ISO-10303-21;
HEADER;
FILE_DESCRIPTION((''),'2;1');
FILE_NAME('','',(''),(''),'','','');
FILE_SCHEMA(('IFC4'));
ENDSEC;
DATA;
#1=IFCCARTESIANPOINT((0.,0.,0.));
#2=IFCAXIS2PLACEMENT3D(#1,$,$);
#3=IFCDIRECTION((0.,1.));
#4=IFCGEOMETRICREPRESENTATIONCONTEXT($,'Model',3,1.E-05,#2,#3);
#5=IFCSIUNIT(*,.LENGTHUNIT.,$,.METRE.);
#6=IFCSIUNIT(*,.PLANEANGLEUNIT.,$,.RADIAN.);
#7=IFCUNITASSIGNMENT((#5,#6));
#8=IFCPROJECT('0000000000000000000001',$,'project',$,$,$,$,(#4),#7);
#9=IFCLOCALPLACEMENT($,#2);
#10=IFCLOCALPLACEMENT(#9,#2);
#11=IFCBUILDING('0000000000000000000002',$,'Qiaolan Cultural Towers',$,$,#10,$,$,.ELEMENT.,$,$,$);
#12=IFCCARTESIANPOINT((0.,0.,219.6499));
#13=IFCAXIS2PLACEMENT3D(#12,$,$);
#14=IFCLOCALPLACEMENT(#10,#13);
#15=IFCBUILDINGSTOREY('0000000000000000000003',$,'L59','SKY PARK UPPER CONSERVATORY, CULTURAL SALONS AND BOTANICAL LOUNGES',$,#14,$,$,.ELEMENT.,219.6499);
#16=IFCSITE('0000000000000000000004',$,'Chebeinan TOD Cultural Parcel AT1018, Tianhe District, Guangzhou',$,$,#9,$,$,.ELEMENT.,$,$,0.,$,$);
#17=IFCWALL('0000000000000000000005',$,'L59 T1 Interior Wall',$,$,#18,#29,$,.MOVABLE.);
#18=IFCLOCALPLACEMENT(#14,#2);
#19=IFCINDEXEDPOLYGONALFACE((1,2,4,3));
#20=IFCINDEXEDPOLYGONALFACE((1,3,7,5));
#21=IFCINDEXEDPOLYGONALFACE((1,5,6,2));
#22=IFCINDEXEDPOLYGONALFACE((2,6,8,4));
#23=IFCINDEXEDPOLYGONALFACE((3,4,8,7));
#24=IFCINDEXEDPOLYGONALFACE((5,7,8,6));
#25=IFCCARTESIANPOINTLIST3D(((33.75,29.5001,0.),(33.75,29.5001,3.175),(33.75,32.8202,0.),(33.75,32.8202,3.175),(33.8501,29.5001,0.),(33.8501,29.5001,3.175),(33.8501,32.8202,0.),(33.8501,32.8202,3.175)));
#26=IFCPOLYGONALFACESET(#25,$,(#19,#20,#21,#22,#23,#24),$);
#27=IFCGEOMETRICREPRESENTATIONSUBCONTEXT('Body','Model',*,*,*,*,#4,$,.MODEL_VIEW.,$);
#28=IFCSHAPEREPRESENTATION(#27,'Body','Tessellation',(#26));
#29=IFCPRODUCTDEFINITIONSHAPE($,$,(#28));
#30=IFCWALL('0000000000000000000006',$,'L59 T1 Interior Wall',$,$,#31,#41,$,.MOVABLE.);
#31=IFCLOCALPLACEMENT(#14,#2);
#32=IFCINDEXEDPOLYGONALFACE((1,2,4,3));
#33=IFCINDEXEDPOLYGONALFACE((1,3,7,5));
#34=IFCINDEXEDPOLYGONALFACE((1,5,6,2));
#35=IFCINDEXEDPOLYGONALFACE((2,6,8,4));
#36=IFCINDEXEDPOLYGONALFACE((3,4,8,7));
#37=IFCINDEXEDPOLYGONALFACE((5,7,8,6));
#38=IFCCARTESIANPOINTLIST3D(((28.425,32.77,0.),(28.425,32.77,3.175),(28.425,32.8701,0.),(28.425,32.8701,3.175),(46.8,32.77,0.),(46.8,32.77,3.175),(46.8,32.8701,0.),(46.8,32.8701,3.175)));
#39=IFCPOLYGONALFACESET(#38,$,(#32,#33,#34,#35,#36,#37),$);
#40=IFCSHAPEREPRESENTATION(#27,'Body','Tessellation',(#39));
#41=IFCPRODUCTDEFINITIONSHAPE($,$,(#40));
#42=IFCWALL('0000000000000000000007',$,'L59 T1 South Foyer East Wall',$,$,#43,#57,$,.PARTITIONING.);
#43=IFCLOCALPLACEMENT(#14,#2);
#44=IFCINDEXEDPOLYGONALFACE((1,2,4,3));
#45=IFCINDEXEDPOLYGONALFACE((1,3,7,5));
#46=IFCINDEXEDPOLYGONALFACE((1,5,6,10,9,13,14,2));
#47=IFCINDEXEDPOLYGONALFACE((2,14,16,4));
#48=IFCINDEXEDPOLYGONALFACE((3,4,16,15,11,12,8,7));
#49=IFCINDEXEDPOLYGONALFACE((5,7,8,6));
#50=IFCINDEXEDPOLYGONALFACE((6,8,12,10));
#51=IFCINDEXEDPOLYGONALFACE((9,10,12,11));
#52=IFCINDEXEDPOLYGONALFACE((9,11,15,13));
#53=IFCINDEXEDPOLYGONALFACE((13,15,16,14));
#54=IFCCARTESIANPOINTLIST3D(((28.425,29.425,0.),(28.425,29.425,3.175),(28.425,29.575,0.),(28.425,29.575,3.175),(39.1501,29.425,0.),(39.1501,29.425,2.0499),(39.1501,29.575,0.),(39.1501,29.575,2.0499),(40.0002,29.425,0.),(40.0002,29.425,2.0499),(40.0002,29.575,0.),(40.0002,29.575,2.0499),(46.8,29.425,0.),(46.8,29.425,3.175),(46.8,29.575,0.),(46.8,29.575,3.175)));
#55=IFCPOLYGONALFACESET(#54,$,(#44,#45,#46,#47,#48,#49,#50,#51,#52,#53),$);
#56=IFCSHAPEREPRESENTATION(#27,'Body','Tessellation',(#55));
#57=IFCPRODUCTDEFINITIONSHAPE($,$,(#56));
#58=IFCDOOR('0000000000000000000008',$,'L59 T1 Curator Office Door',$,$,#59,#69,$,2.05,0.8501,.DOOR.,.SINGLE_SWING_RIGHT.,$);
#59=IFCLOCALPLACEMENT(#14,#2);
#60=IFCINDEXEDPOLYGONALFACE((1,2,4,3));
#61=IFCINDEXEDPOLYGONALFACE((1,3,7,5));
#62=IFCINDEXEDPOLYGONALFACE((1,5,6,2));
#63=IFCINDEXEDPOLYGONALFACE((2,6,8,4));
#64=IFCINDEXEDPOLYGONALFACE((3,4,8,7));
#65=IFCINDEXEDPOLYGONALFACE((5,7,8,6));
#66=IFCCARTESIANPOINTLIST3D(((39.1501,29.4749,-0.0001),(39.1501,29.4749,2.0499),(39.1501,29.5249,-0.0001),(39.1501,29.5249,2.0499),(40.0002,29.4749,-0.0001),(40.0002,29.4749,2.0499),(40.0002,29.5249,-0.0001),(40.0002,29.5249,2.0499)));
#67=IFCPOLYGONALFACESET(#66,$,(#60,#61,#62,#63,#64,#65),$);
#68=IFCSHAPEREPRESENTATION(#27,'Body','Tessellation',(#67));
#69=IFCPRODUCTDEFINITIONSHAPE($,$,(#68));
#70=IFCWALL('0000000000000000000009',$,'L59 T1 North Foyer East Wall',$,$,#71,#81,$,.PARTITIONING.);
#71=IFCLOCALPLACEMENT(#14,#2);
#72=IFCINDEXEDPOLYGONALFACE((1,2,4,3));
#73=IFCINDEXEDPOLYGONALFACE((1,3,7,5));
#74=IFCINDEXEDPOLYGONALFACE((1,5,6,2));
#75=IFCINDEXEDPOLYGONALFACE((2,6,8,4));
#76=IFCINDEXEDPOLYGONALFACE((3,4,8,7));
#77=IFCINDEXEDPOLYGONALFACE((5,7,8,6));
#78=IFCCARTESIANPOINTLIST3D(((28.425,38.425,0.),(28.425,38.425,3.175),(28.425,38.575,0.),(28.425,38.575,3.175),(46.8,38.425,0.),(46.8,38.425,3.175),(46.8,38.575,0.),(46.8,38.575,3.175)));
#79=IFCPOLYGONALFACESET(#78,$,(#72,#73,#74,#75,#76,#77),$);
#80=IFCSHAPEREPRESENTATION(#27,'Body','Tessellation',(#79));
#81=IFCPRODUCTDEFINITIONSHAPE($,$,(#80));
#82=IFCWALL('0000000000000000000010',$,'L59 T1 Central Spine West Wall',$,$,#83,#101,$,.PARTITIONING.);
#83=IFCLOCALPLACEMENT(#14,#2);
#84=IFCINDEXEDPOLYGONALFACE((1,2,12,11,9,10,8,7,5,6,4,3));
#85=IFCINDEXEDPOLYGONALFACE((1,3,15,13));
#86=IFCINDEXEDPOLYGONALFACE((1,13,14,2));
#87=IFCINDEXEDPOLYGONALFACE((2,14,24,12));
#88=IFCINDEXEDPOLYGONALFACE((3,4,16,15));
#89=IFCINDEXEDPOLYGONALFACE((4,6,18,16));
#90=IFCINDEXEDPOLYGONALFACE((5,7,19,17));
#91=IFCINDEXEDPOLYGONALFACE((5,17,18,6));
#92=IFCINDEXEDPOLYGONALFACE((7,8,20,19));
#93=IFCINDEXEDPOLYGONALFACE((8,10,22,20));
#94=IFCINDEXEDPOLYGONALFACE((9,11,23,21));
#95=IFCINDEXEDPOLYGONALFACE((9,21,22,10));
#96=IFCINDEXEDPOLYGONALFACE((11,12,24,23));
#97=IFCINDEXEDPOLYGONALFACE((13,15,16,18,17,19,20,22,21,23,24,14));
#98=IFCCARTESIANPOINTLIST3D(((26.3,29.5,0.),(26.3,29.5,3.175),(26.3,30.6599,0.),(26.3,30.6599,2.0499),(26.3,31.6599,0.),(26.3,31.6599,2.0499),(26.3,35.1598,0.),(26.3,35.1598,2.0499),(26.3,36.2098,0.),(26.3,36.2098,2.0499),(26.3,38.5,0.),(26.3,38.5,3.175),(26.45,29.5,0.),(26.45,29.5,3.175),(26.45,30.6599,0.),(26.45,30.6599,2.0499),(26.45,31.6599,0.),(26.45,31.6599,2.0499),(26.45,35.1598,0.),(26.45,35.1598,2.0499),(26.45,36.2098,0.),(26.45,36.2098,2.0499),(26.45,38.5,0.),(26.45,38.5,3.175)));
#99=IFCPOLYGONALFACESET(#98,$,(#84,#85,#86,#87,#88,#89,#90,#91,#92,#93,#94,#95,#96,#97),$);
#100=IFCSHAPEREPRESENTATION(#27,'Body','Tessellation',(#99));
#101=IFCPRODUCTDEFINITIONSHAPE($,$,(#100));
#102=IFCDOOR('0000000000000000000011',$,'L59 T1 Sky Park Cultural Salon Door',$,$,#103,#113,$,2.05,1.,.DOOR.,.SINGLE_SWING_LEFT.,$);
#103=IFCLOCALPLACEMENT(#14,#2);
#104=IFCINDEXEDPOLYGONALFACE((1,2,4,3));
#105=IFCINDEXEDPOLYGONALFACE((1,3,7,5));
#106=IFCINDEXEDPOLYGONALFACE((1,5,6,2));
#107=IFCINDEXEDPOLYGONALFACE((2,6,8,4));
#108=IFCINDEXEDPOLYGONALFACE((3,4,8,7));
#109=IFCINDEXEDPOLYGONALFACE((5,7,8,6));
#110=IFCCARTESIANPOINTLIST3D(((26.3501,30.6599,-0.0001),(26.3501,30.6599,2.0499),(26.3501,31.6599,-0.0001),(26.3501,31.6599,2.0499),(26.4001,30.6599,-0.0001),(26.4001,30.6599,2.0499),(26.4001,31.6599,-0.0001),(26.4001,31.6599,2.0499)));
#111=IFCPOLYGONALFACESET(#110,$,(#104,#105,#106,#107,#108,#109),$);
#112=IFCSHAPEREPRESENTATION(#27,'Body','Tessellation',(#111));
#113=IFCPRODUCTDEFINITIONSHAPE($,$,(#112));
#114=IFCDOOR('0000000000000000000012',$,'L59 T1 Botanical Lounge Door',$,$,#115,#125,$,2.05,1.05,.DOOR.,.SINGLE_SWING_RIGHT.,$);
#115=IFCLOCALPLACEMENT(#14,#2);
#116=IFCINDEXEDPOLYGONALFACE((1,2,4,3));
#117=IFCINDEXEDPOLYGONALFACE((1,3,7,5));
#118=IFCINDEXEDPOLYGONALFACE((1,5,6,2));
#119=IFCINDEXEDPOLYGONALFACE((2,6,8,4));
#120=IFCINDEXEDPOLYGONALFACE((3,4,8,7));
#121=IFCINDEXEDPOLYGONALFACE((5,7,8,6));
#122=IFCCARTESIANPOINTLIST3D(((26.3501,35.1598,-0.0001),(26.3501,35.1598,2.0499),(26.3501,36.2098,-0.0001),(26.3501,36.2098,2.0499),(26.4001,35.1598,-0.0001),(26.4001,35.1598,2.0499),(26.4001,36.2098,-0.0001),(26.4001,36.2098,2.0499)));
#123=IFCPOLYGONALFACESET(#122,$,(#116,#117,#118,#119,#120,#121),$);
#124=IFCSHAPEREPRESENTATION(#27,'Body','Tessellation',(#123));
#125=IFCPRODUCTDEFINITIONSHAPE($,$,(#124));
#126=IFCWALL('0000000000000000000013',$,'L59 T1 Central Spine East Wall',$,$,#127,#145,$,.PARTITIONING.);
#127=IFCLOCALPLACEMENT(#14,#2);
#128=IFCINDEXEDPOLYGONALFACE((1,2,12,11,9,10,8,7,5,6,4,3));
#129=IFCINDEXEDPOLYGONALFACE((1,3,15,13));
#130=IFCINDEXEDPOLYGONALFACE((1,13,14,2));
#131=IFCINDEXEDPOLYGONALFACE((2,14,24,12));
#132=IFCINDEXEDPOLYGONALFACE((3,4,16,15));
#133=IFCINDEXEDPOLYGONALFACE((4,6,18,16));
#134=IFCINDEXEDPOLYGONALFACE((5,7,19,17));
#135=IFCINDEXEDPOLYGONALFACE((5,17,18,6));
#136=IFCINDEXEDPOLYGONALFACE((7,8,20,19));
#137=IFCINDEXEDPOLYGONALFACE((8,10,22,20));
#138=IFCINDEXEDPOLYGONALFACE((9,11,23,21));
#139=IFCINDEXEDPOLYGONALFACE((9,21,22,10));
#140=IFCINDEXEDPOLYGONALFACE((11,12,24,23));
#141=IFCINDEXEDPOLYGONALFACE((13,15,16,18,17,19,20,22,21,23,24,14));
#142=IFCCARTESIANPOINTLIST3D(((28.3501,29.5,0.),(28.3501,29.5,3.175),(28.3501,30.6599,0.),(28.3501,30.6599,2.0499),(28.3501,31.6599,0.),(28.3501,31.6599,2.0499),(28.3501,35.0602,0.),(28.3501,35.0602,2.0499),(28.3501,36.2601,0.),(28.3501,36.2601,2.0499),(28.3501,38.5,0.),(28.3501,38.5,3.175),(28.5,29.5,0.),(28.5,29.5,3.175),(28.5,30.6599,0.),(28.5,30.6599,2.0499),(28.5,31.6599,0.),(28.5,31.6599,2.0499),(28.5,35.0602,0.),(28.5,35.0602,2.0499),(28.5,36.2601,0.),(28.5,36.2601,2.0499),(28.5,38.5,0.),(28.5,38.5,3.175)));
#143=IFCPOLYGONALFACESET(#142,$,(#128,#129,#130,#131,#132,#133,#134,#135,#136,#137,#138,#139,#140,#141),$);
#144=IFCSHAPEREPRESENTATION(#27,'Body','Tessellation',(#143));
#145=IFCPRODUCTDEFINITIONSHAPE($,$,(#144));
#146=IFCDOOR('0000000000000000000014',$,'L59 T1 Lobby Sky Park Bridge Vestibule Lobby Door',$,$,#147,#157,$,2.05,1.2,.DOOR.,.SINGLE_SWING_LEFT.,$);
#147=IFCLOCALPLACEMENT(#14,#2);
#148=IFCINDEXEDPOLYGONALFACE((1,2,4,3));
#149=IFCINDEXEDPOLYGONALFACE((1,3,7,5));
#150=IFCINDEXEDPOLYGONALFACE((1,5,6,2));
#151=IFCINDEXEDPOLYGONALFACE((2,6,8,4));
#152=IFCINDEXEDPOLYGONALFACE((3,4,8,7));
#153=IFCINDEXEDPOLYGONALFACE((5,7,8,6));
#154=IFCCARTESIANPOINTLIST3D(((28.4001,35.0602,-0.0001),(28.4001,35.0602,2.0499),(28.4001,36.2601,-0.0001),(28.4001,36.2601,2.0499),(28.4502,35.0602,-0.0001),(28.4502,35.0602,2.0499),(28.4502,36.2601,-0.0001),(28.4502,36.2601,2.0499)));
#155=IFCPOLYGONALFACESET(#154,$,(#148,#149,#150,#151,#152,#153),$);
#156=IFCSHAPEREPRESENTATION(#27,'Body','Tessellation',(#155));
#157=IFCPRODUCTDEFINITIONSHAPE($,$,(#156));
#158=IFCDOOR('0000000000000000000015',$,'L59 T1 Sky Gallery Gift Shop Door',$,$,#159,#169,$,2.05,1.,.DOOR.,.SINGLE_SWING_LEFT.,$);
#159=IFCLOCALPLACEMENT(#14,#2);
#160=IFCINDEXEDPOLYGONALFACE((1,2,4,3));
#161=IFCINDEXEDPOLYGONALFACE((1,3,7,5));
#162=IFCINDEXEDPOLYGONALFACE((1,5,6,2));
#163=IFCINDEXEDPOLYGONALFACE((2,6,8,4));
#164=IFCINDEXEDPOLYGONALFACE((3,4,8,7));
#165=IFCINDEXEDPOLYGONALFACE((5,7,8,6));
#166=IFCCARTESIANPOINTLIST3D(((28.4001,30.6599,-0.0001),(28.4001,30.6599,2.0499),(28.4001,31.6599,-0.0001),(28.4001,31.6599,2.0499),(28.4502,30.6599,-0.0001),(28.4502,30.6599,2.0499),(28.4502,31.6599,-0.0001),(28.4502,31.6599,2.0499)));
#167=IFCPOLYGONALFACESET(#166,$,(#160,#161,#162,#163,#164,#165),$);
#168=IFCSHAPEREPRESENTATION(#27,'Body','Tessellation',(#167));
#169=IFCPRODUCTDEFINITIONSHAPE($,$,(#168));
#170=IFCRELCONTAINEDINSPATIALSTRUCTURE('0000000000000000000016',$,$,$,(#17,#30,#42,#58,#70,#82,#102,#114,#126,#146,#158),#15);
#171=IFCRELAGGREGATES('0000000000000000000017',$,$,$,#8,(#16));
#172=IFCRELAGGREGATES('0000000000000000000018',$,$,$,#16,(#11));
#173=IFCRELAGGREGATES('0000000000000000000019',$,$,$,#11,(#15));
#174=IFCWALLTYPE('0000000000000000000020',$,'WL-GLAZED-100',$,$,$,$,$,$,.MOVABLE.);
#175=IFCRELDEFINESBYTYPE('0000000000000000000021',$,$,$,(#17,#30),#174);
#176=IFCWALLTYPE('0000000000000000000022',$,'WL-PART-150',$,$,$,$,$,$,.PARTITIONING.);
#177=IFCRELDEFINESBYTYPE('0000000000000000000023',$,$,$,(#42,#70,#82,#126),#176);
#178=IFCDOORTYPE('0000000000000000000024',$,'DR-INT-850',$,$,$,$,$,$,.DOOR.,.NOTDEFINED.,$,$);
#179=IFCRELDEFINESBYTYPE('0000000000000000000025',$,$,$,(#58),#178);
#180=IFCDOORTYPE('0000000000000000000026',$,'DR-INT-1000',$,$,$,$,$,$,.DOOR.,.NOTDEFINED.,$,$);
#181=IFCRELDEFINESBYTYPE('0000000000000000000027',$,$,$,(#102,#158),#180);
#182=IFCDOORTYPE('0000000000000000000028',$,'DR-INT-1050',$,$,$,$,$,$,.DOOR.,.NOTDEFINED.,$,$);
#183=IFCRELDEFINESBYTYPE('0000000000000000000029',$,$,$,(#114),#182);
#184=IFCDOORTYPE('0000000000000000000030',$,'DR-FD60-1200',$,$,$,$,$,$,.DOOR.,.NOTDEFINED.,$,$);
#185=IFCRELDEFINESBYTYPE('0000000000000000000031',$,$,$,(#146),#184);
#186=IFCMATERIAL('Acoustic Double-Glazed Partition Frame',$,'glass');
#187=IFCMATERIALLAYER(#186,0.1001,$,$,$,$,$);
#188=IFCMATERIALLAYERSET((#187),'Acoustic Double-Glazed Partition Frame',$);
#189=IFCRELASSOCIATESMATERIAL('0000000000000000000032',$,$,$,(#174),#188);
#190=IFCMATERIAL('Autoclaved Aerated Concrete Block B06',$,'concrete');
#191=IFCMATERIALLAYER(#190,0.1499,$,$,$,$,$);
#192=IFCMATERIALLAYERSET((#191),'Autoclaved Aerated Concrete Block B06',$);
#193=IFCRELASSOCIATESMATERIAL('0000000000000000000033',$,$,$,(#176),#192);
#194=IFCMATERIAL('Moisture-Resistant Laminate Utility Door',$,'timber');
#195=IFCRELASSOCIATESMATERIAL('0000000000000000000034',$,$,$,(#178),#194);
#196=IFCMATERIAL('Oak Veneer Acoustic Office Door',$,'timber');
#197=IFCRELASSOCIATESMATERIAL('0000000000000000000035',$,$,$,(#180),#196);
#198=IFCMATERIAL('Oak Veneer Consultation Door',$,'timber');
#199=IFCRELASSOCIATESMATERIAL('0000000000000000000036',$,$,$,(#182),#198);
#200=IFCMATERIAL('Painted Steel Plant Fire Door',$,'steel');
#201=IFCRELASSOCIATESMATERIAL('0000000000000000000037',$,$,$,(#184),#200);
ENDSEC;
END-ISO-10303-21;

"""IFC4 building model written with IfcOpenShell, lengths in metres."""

from ifc_helpers import new_model, si_unit, direction, frame, frame_2d, origin, place, context, subcontext, project, spatial, rectangle, extrude, material, layer, layer_set, type_object, element, fill, save


model = new_model("IFC4")

# Units and contexts
model_context = context("Model", 3, precision=1e-05, world=origin(), true_north=direction((0.0, 1.0)))
body_context = subcontext(model_context, "Body", "Model", "MODEL_VIEW")
ifc_project = project(units=[si_unit("LENGTHUNIT", "METRE"), si_unit("PLANEANGLEUNIT", "RADIAN")], contexts=[model_context])

# Site, building, storey
site_placement = place(None, origin())
site = spatial("IfcSite", under=ifc_project, at=site_placement, Name="Chebeinan TOD Cultural Parcel AT1018, Tianhe District, Guangzhou", CompositionType="ELEMENT", RefElevation=0.0)
building_placement = place(site_placement, origin())
building = spatial("IfcBuilding", under=site, at=building_placement, Name="Qiaolan Cultural Towers", CompositionType="ELEMENT")
storey_placement = place(building_placement, frame((0.0, 0.0, 219.6499)))
storey = spatial("IfcBuildingStorey", under=building, at=storey_placement, Name="L59", Description="SKY PARK UPPER CONSERVATORY, CULTURAL SALONS AND BOTANICAL LOUNGES", CompositionType="ELEMENT", Elevation=219.6499)

# Walls
ifc_material_1 = material(Name="Acoustic Double-Glazed Partition Frame", Category="glass")
ifc_layer_1 = layer(ifc_material_1, 0.1001)
ifc_layer_set_1 = layer_set([ifc_layer_1], Name="Acoustic Double-Glazed Partition Frame")
wall_type_1 = type_object("IfcWallType", Name="WL-GLAZED-100", PredefinedType="MOVABLE", material=ifc_layer_set_1)
wall_1_placement = place(storey_placement, frame((33.8, 29.5, 0.0), z_axis=(0.0, 0.0, 1.0), x_axis=(0.0, 1.0, 0.0)))
element("IfcWall", 1, at=wall_1_placement, inside=storey, type_object=wall_type_1, Name="L59 T1 Interior Wall", PredefinedType="MOVABLE", context=body_context, shape_type="SweptSolid", body=[
    extrude(rectangle(XDim=3.3201, YDim=0.1001, at=frame_2d((1.6602, 0.0))), origin(), (0.0, 0.0, 1.0), 3.175),
])
wall_2_placement = place(storey_placement, frame((28.425, 32.8201, 0.0), z_axis=(0.0, 0.0, 1.0), x_axis=(1.0, 0.0, 0.0)))
element("IfcWall", 2, at=wall_2_placement, inside=storey, type_object=wall_type_1, Name="L59 T1 Interior Wall", PredefinedType="MOVABLE", context=body_context, shape_type="SweptSolid", body=[
    extrude(rectangle(XDim=18.375, YDim=0.1001, at=frame_2d((9.1875, 0.0))), origin(), (0.0, 0.0, 1.0), 3.175),
])

# Wall, opening, door
ifc_material_2 = material(Name="Autoclaved Aerated Concrete Block B06", Category="concrete")
ifc_layer_2 = layer(ifc_material_2, 0.1499)
ifc_layer_set_2 = layer_set([ifc_layer_2], Name="Autoclaved Aerated Concrete Block B06")
wall_type_2 = type_object("IfcWallType", Name="WL-PART-150", PredefinedType="PARTITIONING", material=ifc_layer_set_2)
wall_3_placement = place(storey_placement, frame((28.425, 29.5, 0.0), z_axis=(0.0, 0.0, 1.0), x_axis=(1.0, 0.0, 0.0)))
wall_3 = element("IfcWall", 3, at=wall_3_placement, inside=storey, type_object=wall_type_2, Name="L59 T1 South Foyer East Wall", PredefinedType="PARTITIONING", context=body_context, shape_type="SweptSolid", body=[
    extrude(rectangle(XDim=18.375, YDim=0.1499, at=frame_2d((9.1875, 0.0))), origin(), (0.0, 0.0, 1.0), 3.175),
])
opening_1_placement = place(wall_3_placement, frame((10.7251, 0.0, 0.0)))
opening_1 = element("IfcOpeningElement", 4, at=opening_1_placement, cuts=wall_3, PredefinedType="OPENING", context=body_context, shape_type="SweptSolid", body=[
    extrude(rectangle(XDim=0.8501, YDim=2.05, at=frame_2d((0.425, 1.0249))), frame((0.0, 0.085, 0.0), z_axis=(0.0, -1.0, 0.0), x_axis=(1.0, 0.0, 0.0)), (0.0, 0.0, 1.0), 0.1699),
])
ifc_material_3 = material(Name="Moisture-Resistant Laminate Utility Door", Category="timber")
door_type_1 = type_object("IfcDoorType", Name="DR-INT-850", OperationType="NOTDEFINED", PredefinedType="DOOR", material=ifc_material_3)
door_1_placement = place(opening_1_placement, origin())
door_1 = element("IfcDoor", 5, at=door_1_placement, inside=storey, type_object=door_type_1, Name="L59 T1 Curator Office Door", OperationType="SINGLE_SWING_RIGHT", OverallHeight=2.05, OverallWidth=0.8501, PredefinedType="DOOR", context=body_context, shape_type="SweptSolid", body=[
    extrude(rectangle(XDim=0.8501, YDim=2.05, at=frame_2d((0.425, 1.0249))), frame((0.0, 0.0249, 0.0), z_axis=(0.0, -1.0, 0.0), x_axis=(1.0, 0.0, 0.0)), (0.0, 0.0, 1.0), 0.05),
])
fill(opening_1, door_1)

# Wall
wall_4_placement = place(storey_placement, frame((28.425, 38.5, 0.0), z_axis=(0.0, 0.0, 1.0), x_axis=(1.0, 0.0, 0.0)))
element("IfcWall", 6, at=wall_4_placement, inside=storey, type_object=wall_type_2, Name="L59 T1 North Foyer East Wall", PredefinedType="PARTITIONING", context=body_context, shape_type="SweptSolid", body=[
    extrude(rectangle(XDim=18.375, YDim=0.1499, at=frame_2d((9.1875, 0.0))), origin(), (0.0, 0.0, 1.0), 3.175),
])

# Walls, openings, doors
wall_5_placement = place(storey_placement, frame((26.375, 29.5, 0.0), z_axis=(0.0, 0.0, 1.0), x_axis=(0.0, 1.0, 0.0)))
wall_5 = element("IfcWall", 7, at=wall_5_placement, inside=storey, type_object=wall_type_2, Name="L59 T1 Central Spine West Wall", PredefinedType="PARTITIONING", context=body_context, shape_type="SweptSolid", body=[
    extrude(rectangle(XDim=9.0, YDim=0.1499, at=frame_2d((4.5, 0.0))), origin(), (0.0, 0.0, 1.0), 3.175),
])
opening_2_placement = place(wall_5_placement, frame((1.1599, 0.0, 0.0)))
opening_2 = element("IfcOpeningElement", 8, at=opening_2_placement, cuts=wall_5, PredefinedType="OPENING", context=body_context, shape_type="SweptSolid", body=[
    extrude(rectangle(XDim=1.0, YDim=2.05, at=frame_2d((0.5, 1.0249))), frame((0.0, 0.085, 0.0), z_axis=(0.0, -1.0, 0.0), x_axis=(1.0, 0.0, 0.0)), (0.0, 0.0, 1.0), 0.1699),
])
opening_3_placement = place(wall_5_placement, frame((5.6599, 0.0, 0.0)))
opening_3 = element("IfcOpeningElement", 9, at=opening_3_placement, cuts=wall_5, PredefinedType="OPENING", context=body_context, shape_type="SweptSolid", body=[
    extrude(rectangle(XDim=1.05, YDim=2.05, at=frame_2d((0.5249, 1.0249))), frame((0.0, 0.085, 0.0), z_axis=(0.0, -1.0, 0.0), x_axis=(1.0, 0.0, 0.0)), (0.0, 0.0, 1.0), 0.1699),
])
ifc_material_4 = material(Name="Oak Veneer Acoustic Office Door", Category="timber")
door_type_2 = type_object("IfcDoorType", Name="DR-INT-1000", OperationType="NOTDEFINED", PredefinedType="DOOR", material=ifc_material_4)
door_2_placement = place(opening_2_placement, origin())
door_2 = element("IfcDoor", 10, at=door_2_placement, inside=storey, type_object=door_type_2, Name="L59 T1 Sky Park Cultural Salon Door", OperationType="SINGLE_SWING_LEFT", OverallHeight=2.05, OverallWidth=1.0, PredefinedType="DOOR", context=body_context, shape_type="SweptSolid", body=[
    extrude(rectangle(XDim=1.0, YDim=2.05, at=frame_2d((0.5, 1.0249))), frame((0.0, 0.0249, 0.0), z_axis=(0.0, -1.0, 0.0), x_axis=(1.0, 0.0, 0.0)), (0.0, 0.0, 1.0), 0.05),
])
fill(opening_2, door_2)
ifc_material_5 = material(Name="Oak Veneer Consultation Door", Category="timber")
door_type_3 = type_object("IfcDoorType", Name="DR-INT-1050", OperationType="NOTDEFINED", PredefinedType="DOOR", material=ifc_material_5)
door_3_placement = place(opening_3_placement, origin())
door_3 = element("IfcDoor", 11, at=door_3_placement, inside=storey, type_object=door_type_3, Name="L59 T1 Botanical Lounge Door", OperationType="SINGLE_SWING_RIGHT", OverallHeight=2.05, OverallWidth=1.05, PredefinedType="DOOR", context=body_context, shape_type="SweptSolid", body=[
    extrude(rectangle(XDim=1.05, YDim=2.05, at=frame_2d((0.5249, 1.0249))), frame((0.0, 0.0249, 0.0), z_axis=(0.0, -1.0, 0.0), x_axis=(1.0, 0.0, 0.0)), (0.0, 0.0, 1.0), 0.05),
])
fill(opening_3, door_3)
wall_6_placement = place(storey_placement, frame((28.425, 29.5, 0.0), z_axis=(0.0, 0.0, 1.0), x_axis=(0.0, 1.0, 0.0)))
wall_6 = element("IfcWall", 12, at=wall_6_placement, inside=storey, type_object=wall_type_2, Name="L59 T1 Central Spine East Wall", PredefinedType="PARTITIONING", context=body_context, shape_type="SweptSolid", body=[
    extrude(rectangle(XDim=9.0, YDim=0.1499, at=frame_2d((4.5, 0.0))), origin(), (0.0, 0.0, 1.0), 3.175),
])
opening_4_placement = place(wall_6_placement, frame((1.1599, 0.0, 0.0)))
opening_4 = element("IfcOpeningElement", 13, at=opening_4_placement, cuts=wall_6, PredefinedType="OPENING", context=body_context, shape_type="SweptSolid", body=[
    extrude(rectangle(XDim=1.0, YDim=2.05, at=frame_2d((0.5, 1.0249))), frame((0.0, 0.085, 0.0), z_axis=(0.0, -1.0, 0.0), x_axis=(1.0, 0.0, 0.0)), (0.0, 0.0, 1.0), 0.1699),
])
opening_5_placement = place(wall_6_placement, frame((5.5601, 0.0, 0.0)))
opening_5 = element("IfcOpeningElement", 14, at=opening_5_placement, cuts=wall_6, PredefinedType="OPENING", context=body_context, shape_type="SweptSolid", body=[
    extrude(rectangle(XDim=1.2, YDim=2.05, at=frame_2d((0.6001, 1.0249))), frame((0.0, 0.085, 0.0), z_axis=(0.0, -1.0, 0.0), x_axis=(1.0, 0.0, 0.0)), (0.0, 0.0, 1.0), 0.1699),
])
ifc_material_6 = material(Name="Painted Steel Plant Fire Door", Category="steel")
door_type_4 = type_object("IfcDoorType", Name="DR-FD60-1200", OperationType="NOTDEFINED", PredefinedType="DOOR", material=ifc_material_6)
door_4_placement = place(opening_5_placement, origin())
door_4 = element("IfcDoor", 15, at=door_4_placement, inside=storey, type_object=door_type_4, Name="L59 T1 Lobby Sky Park Bridge Vestibule Lobby Door", OperationType="SINGLE_SWING_LEFT", OverallHeight=2.05, OverallWidth=1.2, PredefinedType="DOOR", context=body_context, shape_type="SweptSolid", body=[
    extrude(rectangle(XDim=1.2, YDim=2.05, at=frame_2d((0.6001, 1.0249))), frame((0.0, 0.0249, 0.0), z_axis=(0.0, -1.0, 0.0), x_axis=(1.0, 0.0, 0.0)), (0.0, 0.0, 1.0), 0.05),
])
fill(opening_5, door_4)
door_5_placement = place(opening_4_placement, origin())
door_5 = element("IfcDoor", 16, at=door_5_placement, inside=storey, type_object=door_type_2, Name="L59 T1 Sky Gallery Gift Shop Door", OperationType="SINGLE_SWING_LEFT", OverallHeight=2.05, OverallWidth=1.0, PredefinedType="DOOR", context=body_context, shape_type="SweptSolid", body=[
    extrude(rectangle(XDim=1.0, YDim=2.05, at=frame_2d((0.5, 1.0249))), frame((0.0, 0.0249, 0.0), z_axis=(0.0, -1.0, 0.0), x_axis=(1.0, 0.0, 0.0)), (0.0, 0.0, 1.0), 0.05),
])
fill(opening_4, door_5)

save(model, "model.ifc")
